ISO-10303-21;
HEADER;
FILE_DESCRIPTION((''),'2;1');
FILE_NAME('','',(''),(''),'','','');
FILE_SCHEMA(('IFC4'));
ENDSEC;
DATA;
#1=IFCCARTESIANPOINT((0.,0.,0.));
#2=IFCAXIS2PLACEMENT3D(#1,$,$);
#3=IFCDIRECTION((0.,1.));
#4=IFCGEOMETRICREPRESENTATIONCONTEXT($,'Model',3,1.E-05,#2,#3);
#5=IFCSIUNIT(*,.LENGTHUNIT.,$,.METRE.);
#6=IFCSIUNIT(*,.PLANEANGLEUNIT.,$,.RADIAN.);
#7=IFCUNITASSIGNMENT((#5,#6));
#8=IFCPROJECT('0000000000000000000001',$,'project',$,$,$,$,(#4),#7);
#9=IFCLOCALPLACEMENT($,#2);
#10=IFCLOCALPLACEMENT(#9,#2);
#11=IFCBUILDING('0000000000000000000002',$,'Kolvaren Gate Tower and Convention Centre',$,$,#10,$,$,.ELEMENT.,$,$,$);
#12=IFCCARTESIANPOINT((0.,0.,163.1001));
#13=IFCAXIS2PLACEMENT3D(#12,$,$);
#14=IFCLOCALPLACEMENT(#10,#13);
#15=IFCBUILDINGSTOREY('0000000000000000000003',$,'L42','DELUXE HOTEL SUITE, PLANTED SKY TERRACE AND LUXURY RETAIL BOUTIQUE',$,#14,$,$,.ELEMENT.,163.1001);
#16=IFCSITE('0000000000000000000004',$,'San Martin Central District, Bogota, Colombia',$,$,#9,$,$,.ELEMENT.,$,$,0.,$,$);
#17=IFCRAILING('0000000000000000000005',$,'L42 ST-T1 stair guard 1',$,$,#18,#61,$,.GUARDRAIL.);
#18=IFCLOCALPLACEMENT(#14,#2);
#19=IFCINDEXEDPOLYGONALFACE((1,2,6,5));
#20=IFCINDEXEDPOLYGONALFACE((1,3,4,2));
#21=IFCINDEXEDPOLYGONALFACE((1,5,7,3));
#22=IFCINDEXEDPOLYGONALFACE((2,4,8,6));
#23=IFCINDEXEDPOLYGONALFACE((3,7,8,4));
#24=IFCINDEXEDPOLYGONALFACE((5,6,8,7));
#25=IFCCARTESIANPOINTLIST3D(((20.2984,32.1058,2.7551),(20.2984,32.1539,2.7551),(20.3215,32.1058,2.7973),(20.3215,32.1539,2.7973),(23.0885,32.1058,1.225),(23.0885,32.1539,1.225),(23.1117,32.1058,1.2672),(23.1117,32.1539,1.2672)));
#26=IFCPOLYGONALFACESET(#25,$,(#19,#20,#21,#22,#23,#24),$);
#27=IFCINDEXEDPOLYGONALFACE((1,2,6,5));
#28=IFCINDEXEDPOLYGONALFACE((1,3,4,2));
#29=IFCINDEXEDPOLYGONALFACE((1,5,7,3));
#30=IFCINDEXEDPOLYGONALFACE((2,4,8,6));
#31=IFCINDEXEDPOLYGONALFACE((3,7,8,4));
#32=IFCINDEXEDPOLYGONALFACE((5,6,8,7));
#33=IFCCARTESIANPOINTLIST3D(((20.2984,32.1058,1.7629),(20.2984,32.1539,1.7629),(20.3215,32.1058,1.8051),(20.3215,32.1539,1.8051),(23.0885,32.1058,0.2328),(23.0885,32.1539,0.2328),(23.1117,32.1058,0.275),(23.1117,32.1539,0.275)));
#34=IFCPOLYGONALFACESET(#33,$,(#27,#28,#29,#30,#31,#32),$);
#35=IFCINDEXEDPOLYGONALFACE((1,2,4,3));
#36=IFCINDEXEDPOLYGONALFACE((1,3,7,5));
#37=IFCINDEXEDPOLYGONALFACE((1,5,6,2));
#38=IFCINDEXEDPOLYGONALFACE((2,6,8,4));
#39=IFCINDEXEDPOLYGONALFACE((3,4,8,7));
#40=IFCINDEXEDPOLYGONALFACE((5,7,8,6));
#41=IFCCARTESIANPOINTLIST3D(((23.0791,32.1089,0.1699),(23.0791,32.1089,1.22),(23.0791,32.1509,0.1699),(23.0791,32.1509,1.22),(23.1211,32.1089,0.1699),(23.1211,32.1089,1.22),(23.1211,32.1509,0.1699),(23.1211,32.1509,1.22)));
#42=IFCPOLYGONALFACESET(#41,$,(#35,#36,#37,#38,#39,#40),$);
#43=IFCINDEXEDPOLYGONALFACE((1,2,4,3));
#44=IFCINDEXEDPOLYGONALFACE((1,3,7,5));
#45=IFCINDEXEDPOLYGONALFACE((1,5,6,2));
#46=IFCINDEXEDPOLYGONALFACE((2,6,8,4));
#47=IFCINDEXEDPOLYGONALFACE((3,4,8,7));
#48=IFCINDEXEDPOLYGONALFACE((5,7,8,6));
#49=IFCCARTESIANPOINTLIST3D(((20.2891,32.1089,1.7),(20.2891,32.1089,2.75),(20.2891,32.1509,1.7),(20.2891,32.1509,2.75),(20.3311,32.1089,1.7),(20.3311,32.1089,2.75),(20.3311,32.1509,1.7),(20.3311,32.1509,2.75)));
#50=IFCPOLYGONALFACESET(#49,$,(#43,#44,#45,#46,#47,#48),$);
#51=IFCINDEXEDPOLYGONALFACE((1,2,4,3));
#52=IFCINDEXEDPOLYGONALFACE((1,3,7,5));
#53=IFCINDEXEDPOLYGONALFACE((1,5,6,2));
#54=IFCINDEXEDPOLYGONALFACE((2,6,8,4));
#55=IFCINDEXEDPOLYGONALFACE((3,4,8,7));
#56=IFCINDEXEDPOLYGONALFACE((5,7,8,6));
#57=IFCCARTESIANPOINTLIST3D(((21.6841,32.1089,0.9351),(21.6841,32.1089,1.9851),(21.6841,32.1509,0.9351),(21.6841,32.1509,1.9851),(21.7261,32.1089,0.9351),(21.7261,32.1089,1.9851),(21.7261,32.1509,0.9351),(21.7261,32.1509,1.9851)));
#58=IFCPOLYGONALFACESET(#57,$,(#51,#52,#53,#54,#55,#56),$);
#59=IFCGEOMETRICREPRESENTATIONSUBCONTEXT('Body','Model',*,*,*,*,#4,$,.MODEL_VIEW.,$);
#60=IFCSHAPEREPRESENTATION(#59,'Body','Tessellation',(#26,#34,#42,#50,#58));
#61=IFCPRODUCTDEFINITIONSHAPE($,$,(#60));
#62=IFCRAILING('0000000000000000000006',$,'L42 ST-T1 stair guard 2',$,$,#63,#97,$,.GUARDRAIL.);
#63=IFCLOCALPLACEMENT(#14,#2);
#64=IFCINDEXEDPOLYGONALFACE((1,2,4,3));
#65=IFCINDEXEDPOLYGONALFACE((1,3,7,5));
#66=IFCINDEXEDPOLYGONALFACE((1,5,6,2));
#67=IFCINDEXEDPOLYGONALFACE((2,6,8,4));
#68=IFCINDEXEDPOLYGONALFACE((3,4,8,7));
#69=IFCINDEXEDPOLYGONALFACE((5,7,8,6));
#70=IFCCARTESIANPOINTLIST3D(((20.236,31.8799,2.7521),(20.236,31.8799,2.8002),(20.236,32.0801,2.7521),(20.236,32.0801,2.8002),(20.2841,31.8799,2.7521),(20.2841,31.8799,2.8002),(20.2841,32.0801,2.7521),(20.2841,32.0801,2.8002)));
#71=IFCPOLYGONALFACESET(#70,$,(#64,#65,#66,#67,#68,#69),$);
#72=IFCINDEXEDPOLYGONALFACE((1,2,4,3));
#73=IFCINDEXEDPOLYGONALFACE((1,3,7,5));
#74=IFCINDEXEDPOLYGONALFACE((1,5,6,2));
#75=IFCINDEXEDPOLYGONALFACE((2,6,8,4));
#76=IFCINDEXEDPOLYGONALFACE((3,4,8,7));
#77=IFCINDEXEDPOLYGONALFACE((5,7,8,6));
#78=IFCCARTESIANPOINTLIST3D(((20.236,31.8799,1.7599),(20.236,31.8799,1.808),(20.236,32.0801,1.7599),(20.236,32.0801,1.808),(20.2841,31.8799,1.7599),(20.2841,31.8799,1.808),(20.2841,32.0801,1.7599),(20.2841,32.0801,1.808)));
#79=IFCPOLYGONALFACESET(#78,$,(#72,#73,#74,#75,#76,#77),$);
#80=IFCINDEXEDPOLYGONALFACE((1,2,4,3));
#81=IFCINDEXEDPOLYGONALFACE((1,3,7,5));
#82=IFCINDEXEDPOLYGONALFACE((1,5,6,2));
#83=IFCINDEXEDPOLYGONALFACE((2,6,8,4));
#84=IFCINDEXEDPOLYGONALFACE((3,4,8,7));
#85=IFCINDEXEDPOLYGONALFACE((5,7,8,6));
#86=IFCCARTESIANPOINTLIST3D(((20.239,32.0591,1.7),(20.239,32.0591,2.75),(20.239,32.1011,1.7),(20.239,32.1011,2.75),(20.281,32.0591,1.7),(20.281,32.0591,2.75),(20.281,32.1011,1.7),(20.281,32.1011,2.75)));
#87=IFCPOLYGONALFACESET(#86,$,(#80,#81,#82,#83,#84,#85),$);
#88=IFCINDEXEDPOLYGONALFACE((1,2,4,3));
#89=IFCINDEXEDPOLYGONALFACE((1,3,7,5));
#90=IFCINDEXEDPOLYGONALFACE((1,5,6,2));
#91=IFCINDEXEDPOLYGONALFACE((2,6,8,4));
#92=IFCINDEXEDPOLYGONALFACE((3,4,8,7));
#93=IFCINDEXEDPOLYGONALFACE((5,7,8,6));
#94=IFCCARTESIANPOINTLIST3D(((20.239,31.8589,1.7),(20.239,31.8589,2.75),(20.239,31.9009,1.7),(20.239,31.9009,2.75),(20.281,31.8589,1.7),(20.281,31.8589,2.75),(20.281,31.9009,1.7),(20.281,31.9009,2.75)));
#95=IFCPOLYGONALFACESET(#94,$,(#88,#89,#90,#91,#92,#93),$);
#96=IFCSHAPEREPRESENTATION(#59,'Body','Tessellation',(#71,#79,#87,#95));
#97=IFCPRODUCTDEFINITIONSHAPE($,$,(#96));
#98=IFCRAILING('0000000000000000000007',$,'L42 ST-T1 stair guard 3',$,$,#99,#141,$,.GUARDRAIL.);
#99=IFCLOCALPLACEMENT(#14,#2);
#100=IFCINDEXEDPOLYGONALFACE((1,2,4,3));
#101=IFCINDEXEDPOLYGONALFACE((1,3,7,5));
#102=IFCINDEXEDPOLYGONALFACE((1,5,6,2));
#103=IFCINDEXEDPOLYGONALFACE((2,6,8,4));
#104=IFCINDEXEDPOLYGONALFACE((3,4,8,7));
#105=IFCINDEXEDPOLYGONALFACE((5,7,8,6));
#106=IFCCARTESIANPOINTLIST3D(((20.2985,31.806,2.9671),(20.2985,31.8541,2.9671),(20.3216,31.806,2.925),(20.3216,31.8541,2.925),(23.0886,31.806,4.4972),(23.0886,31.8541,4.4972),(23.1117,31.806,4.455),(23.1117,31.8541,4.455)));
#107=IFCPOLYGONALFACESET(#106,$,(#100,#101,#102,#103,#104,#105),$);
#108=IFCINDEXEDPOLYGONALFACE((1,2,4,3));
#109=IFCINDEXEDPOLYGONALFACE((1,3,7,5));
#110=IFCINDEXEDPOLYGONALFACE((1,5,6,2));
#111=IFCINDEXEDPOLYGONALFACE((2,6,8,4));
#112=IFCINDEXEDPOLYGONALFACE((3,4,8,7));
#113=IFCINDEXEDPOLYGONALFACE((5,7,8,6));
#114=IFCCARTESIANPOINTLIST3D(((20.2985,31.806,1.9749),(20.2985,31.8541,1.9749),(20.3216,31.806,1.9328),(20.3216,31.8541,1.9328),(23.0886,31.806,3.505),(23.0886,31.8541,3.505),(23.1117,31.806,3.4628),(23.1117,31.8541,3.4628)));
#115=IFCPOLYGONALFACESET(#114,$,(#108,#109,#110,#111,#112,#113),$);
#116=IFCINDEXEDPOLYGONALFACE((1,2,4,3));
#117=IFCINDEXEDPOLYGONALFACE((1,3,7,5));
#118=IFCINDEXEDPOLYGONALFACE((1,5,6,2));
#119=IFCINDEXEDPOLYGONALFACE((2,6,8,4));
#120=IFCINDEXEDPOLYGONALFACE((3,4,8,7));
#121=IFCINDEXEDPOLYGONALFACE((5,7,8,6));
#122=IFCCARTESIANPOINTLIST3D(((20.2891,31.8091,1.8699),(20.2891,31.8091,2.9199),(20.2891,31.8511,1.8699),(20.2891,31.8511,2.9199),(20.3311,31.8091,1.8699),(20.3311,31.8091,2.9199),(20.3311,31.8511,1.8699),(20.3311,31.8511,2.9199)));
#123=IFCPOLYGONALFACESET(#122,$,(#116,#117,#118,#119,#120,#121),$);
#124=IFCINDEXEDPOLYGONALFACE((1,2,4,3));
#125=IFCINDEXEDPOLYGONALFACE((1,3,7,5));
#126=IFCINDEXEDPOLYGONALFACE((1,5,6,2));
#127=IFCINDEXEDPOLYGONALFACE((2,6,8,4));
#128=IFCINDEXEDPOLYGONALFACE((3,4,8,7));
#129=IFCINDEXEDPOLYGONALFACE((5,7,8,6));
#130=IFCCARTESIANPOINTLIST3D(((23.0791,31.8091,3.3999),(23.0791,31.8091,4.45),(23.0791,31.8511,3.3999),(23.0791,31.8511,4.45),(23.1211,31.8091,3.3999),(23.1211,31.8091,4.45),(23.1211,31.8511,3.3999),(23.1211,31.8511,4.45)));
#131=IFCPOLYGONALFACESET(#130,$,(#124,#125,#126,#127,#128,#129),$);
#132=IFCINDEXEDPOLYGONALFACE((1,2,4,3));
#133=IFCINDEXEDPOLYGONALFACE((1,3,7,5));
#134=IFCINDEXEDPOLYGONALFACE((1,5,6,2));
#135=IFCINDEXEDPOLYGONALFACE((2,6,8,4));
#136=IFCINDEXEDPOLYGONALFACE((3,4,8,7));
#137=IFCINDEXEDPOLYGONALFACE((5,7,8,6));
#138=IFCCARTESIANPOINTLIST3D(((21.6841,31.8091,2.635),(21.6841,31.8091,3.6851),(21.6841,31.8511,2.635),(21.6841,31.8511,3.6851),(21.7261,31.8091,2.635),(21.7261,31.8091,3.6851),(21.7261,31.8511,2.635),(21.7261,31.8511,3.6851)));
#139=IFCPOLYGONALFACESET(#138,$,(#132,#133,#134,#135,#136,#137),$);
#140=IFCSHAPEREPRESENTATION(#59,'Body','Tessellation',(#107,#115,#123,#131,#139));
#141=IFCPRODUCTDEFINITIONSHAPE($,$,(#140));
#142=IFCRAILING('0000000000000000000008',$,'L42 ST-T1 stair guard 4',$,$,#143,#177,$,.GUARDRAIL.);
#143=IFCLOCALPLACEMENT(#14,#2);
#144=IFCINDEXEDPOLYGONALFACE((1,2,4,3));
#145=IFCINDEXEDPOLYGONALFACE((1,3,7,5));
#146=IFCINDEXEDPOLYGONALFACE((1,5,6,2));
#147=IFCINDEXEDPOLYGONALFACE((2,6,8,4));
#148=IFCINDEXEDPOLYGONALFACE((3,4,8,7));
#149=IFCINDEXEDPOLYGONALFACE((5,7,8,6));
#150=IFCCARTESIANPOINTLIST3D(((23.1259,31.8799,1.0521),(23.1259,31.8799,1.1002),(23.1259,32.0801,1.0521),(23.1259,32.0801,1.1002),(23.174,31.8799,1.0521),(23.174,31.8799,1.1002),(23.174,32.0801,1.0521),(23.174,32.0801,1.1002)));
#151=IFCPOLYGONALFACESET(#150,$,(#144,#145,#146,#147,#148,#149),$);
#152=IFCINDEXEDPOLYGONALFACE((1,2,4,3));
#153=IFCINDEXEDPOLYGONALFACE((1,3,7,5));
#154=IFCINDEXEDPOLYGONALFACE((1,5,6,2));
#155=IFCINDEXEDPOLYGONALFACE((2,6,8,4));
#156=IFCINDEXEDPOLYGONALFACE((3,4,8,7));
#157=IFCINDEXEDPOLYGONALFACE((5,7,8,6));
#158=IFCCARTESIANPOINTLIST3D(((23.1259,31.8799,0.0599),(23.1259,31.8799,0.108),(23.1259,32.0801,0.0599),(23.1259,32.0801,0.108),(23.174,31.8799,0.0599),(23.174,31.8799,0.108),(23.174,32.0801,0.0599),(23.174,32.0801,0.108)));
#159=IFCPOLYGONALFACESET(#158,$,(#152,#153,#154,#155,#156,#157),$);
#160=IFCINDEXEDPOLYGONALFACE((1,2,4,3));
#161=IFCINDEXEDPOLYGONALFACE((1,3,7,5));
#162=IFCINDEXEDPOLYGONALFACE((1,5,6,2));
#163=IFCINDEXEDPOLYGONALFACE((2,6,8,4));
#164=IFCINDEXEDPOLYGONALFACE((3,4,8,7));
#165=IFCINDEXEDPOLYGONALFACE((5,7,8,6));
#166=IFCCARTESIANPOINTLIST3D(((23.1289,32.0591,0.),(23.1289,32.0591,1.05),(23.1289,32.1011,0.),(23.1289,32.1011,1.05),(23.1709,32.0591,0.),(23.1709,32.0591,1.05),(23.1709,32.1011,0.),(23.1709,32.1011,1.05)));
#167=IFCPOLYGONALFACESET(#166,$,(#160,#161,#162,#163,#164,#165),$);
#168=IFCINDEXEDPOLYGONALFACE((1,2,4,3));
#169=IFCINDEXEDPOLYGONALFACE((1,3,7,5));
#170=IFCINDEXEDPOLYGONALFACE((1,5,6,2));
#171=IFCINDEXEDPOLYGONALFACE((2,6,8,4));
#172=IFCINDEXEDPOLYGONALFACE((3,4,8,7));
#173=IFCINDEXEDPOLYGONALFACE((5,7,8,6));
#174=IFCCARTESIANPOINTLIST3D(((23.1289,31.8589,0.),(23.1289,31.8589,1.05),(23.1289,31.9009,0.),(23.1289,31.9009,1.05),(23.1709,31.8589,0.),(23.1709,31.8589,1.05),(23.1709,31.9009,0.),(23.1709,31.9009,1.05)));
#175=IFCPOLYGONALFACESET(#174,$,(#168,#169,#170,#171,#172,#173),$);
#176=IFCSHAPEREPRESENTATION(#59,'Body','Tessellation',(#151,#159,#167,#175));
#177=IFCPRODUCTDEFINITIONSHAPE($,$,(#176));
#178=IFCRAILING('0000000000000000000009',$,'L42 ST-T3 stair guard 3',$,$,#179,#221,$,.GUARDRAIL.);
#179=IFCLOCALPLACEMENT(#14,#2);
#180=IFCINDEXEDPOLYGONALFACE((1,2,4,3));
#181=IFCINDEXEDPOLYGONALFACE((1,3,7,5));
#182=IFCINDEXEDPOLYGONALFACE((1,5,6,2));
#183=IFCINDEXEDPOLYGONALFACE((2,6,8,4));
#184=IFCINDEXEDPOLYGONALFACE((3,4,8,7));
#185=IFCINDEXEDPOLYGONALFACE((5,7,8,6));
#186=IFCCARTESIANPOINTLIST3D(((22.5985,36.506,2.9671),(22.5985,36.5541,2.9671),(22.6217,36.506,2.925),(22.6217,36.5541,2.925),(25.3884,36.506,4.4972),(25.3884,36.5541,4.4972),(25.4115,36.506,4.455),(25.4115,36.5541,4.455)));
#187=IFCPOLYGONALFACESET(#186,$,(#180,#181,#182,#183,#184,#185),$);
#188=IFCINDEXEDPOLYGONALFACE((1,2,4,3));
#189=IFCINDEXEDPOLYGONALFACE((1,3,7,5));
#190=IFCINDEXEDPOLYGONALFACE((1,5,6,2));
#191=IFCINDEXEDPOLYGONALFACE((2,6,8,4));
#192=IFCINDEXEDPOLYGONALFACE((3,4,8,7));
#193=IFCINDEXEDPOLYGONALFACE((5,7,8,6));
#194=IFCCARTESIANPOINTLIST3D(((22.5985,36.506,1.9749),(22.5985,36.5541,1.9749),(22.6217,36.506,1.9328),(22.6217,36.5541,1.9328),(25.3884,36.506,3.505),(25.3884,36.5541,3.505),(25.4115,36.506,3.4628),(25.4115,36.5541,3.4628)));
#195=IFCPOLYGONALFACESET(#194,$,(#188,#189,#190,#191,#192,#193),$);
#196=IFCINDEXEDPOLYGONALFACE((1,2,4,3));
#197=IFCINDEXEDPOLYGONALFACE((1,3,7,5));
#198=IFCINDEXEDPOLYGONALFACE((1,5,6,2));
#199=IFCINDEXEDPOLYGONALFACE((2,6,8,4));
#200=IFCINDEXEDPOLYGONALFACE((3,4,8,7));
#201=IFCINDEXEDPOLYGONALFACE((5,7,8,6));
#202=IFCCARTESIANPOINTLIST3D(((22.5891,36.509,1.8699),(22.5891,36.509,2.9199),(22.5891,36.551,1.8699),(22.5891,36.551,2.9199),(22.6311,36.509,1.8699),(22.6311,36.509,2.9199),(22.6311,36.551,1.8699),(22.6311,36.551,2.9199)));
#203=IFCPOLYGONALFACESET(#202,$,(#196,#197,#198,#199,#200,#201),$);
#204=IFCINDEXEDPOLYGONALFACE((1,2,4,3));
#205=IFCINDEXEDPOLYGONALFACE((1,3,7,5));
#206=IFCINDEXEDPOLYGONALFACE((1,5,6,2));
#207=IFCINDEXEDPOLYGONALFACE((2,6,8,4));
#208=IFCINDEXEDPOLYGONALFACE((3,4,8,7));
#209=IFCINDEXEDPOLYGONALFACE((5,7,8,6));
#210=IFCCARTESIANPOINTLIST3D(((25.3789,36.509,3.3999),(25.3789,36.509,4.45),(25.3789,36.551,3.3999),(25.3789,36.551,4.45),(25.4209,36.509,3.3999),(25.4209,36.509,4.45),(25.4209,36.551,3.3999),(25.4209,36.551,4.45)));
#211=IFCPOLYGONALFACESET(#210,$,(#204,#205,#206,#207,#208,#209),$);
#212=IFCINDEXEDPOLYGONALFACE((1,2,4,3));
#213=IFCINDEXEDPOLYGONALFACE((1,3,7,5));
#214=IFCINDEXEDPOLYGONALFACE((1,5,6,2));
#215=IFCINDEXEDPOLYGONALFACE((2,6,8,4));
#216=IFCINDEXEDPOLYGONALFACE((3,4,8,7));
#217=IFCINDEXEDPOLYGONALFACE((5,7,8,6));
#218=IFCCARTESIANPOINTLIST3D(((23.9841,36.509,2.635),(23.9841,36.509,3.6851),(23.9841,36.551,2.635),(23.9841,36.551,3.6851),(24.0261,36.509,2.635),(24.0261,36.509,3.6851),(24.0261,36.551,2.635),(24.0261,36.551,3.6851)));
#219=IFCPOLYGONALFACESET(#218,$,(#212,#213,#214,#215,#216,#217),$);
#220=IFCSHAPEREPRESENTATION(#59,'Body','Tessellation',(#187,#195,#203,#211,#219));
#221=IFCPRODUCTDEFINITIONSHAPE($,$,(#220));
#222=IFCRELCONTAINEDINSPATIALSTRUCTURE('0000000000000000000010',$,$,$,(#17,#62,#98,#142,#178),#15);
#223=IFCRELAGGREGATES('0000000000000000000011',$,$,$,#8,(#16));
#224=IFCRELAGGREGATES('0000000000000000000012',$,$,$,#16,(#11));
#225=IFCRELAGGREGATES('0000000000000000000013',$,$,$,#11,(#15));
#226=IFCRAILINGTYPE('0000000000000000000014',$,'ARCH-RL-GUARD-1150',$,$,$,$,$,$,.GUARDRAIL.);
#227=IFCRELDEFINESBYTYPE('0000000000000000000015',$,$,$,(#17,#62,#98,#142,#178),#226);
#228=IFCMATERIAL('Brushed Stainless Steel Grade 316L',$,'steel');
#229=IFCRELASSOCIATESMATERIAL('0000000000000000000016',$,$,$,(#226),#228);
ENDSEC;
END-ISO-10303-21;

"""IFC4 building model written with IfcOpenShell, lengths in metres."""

from ifc_helpers import new_model, si_unit, direction, frame, origin, origin_2d, place, context, subcontext, project, spatial, rectangle, extrude, material, type_object, element, save


model = new_model("IFC4")

# Units and contexts
model_context = context("Model", 3, precision=1e-05, world=origin(), true_north=direction((0.0, 1.0)))
body_context = subcontext(model_context, "Body", "Model", "MODEL_VIEW")
ifc_project = project(units=[si_unit("LENGTHUNIT", "METRE"), si_unit("PLANEANGLEUNIT", "RADIAN")], contexts=[model_context])

# Site, building, storey
site_placement = place(None, origin())
site = spatial("IfcSite", under=ifc_project, at=site_placement, Name="San Martin Central District, Bogota, Colombia", CompositionType="ELEMENT", RefElevation=0.0)
building_placement = place(site_placement, origin())
building = spatial("IfcBuilding", under=site, at=building_placement, Name="Kolvaren Gate Tower and Convention Centre", CompositionType="ELEMENT")
storey_placement = place(building_placement, frame((0.0, 0.0, 163.1001)))
storey = spatial("IfcBuildingStorey", under=building, at=storey_placement, Name="L42", Description="DELUXE HOTEL SUITE, PLANTED SKY TERRACE AND LUXURY RETAIL BOUTIQUE", CompositionType="ELEMENT", Elevation=163.1001)

# Shared definitions
ifc_material_1 = material(Name="Brushed Stainless Steel Grade 316L", Category="steel")

# Railings
railing_type_1 = type_object("IfcRailingType", Name="ARCH-RL-GUARD-1150", PredefinedType="GUARDRAIL", material=ifc_material_1)
railing_1_placement = place(storey_placement, frame((23.1001, 32.1299, 0.1699)))
element("IfcRailing", 1, at=railing_1_placement, inside=storey, type_object=railing_type_1, Name="L42 ST-T1 stair guard 1", PredefinedType="GUARDRAIL", context=body_context, shape_type="SweptSolid", body=[
    extrude(rectangle(XDim=0.0481, YDim=0.0481, at=origin_2d()), frame((0.0, 0.0, 1.0762), z_axis=(-0.876811, 0.0, 0.480835), x_axis=(0.0, -1.0, 0.0)), (0.0, 0.0, 1.0), 3.1821),
    extrude(rectangle(XDim=0.0481, YDim=0.0481, at=origin_2d()), frame((0.0, 0.0, 0.084), z_axis=(-0.876811, 0.0, 0.480835), x_axis=(0.0, -1.0, 0.0)), (0.0, 0.0, 1.0), 3.1821),
    extrude(rectangle(XDim=0.042, YDim=0.042, at=origin_2d()), origin(), (0.0, 0.0, 1.0), 1.05),
    extrude(rectangle(XDim=0.042, YDim=0.042, at=origin_2d()), frame((-2.79, 0.0, 1.53)), (0.0, 0.0, 1.0), 1.05),
    extrude(rectangle(XDim=0.042, YDim=0.042, at=origin_2d()), frame((-1.395, 0.0, 0.7651)), (0.0, 0.0, 1.0), 1.05),
])
railing_2_placement = place(storey_placement, frame((20.26, 32.0801, 1.7)))
element("IfcRailing", 2, at=railing_2_placement, inside=storey, type_object=railing_type_1, Name="L42 ST-T1 stair guard 2", PredefinedType="GUARDRAIL", context=body_context, shape_type="SweptSolid", body=[
    extrude(rectangle(XDim=0.0481, YDim=0.0481, at=origin_2d()), frame((0.0, 0.0, 1.0762), z_axis=(0.0, -1.0, 0.0), x_axis=(1.0, 0.0, 0.0)), (0.0, 0.0, 1.0), 0.2002),
    extrude(rectangle(XDim=0.0481, YDim=0.0481, at=origin_2d()), frame((0.0, 0.0, 0.084), z_axis=(0.0, -1.0, 0.0), x_axis=(1.0, 0.0, 0.0)), (0.0, 0.0, 1.0), 0.2002),
    extrude(rectangle(XDim=0.042, YDim=0.042, at=origin_2d()), origin(), (0.0, 0.0, 1.0), 1.05),
    extrude(rectangle(XDim=0.042, YDim=0.042, at=origin_2d()), frame((0.0, -0.2002, 0.0)), (0.0, 0.0, 1.0), 1.05),
])
railing_3_placement = place(storey_placement, frame((20.3101, 31.8301, 1.8699)))
element("IfcRailing", 3, at=railing_3_placement, inside=storey, type_object=railing_type_1, Name="L42 ST-T1 stair guard 3", PredefinedType="GUARDRAIL", context=body_context, shape_type="SweptSolid", body=[
    extrude(rectangle(XDim=0.0481, YDim=0.0481, at=origin_2d()), frame((0.0, 0.0, 1.0762), z_axis=(0.876811, 0.0, 0.480835), x_axis=(0.0, 1.0, 0.0)), (0.0, 0.0, 1.0), 3.1821),
    extrude(rectangle(XDim=0.0481, YDim=0.0481, at=origin_2d()), frame((0.0, 0.0, 0.084), z_axis=(0.876811, 0.0, 0.480835), x_axis=(0.0, 1.0, 0.0)), (0.0, 0.0, 1.0), 3.1821),
    extrude(rectangle(XDim=0.042, YDim=0.042, at=origin_2d()), origin(), (0.0, 0.0, 1.0), 1.05),
    extrude(rectangle(XDim=0.042, YDim=0.042, at=origin_2d()), frame((2.79, 0.0, 1.53)), (0.0, 0.0, 1.0), 1.05),
    extrude(rectangle(XDim=0.042, YDim=0.042, at=origin_2d()), frame((1.395, 0.0, 0.7651)), (0.0, 0.0, 1.0), 1.05),
])
railing_4_placement = place(storey_placement, frame((23.1499, 32.0801, 0.0)))
element("IfcRailing", 4, at=railing_4_placement, inside=storey, type_object=railing_type_1, Name="L42 ST-T1 stair guard 4", PredefinedType="GUARDRAIL", context=body_context, shape_type="SweptSolid", body=[
    extrude(rectangle(XDim=0.0481, YDim=0.0481, at=origin_2d()), frame((0.0, 0.0, 1.0762), z_axis=(0.0, -1.0, 0.0), x_axis=(1.0, 0.0, 0.0)), (0.0, 0.0, 1.0), 0.2002),
    extrude(rectangle(XDim=0.0481, YDim=0.0481, at=origin_2d()), frame((0.0, 0.0, 0.084), z_axis=(0.0, -1.0, 0.0), x_axis=(1.0, 0.0, 0.0)), (0.0, 0.0, 1.0), 0.2002),
    extrude(rectangle(XDim=0.042, YDim=0.042, at=origin_2d()), origin(), (0.0, 0.0, 1.0), 1.05),
    extrude(rectangle(XDim=0.042, YDim=0.042, at=origin_2d()), frame((0.0, -0.2002, 0.0)), (0.0, 0.0, 1.0), 1.05),
])
railing_5_placement = place(storey_placement, frame((22.6101, 36.53, 1.8699)))
element("IfcRailing", 5, at=railing_5_placement, inside=storey, type_object=railing_type_1, Name="L42 ST-T3 stair guard 3", PredefinedType="GUARDRAIL", context=body_context, shape_type="SweptSolid", body=[
    extrude(rectangle(XDim=0.0481, YDim=0.0481, at=origin_2d()), frame((0.0, 0.0, 1.0762), z_axis=(0.876794, 0.0, 0.480867), x_axis=(0.0, 1.0, 0.0)), (0.0, 0.0, 1.0), 3.1819),
    extrude(rectangle(XDim=0.0481, YDim=0.0481, at=origin_2d()), frame((0.0, 0.0, 0.084), z_axis=(0.876794, 0.0, 0.480867), x_axis=(0.0, 1.0, 0.0)), (0.0, 0.0, 1.0), 3.1819),
    extrude(rectangle(XDim=0.042, YDim=0.042, at=origin_2d()), origin(), (0.0, 0.0, 1.0), 1.05),
    extrude(rectangle(XDim=0.042, YDim=0.042, at=origin_2d()), frame((2.7898, 0.0, 1.53)), (0.0, 0.0, 1.0), 1.05),
    extrude(rectangle(XDim=0.042, YDim=0.042, at=origin_2d()), frame((1.395, 0.0, 0.7651)), (0.0, 0.0, 1.0), 1.05),
])

save(model, "model.ifc")
